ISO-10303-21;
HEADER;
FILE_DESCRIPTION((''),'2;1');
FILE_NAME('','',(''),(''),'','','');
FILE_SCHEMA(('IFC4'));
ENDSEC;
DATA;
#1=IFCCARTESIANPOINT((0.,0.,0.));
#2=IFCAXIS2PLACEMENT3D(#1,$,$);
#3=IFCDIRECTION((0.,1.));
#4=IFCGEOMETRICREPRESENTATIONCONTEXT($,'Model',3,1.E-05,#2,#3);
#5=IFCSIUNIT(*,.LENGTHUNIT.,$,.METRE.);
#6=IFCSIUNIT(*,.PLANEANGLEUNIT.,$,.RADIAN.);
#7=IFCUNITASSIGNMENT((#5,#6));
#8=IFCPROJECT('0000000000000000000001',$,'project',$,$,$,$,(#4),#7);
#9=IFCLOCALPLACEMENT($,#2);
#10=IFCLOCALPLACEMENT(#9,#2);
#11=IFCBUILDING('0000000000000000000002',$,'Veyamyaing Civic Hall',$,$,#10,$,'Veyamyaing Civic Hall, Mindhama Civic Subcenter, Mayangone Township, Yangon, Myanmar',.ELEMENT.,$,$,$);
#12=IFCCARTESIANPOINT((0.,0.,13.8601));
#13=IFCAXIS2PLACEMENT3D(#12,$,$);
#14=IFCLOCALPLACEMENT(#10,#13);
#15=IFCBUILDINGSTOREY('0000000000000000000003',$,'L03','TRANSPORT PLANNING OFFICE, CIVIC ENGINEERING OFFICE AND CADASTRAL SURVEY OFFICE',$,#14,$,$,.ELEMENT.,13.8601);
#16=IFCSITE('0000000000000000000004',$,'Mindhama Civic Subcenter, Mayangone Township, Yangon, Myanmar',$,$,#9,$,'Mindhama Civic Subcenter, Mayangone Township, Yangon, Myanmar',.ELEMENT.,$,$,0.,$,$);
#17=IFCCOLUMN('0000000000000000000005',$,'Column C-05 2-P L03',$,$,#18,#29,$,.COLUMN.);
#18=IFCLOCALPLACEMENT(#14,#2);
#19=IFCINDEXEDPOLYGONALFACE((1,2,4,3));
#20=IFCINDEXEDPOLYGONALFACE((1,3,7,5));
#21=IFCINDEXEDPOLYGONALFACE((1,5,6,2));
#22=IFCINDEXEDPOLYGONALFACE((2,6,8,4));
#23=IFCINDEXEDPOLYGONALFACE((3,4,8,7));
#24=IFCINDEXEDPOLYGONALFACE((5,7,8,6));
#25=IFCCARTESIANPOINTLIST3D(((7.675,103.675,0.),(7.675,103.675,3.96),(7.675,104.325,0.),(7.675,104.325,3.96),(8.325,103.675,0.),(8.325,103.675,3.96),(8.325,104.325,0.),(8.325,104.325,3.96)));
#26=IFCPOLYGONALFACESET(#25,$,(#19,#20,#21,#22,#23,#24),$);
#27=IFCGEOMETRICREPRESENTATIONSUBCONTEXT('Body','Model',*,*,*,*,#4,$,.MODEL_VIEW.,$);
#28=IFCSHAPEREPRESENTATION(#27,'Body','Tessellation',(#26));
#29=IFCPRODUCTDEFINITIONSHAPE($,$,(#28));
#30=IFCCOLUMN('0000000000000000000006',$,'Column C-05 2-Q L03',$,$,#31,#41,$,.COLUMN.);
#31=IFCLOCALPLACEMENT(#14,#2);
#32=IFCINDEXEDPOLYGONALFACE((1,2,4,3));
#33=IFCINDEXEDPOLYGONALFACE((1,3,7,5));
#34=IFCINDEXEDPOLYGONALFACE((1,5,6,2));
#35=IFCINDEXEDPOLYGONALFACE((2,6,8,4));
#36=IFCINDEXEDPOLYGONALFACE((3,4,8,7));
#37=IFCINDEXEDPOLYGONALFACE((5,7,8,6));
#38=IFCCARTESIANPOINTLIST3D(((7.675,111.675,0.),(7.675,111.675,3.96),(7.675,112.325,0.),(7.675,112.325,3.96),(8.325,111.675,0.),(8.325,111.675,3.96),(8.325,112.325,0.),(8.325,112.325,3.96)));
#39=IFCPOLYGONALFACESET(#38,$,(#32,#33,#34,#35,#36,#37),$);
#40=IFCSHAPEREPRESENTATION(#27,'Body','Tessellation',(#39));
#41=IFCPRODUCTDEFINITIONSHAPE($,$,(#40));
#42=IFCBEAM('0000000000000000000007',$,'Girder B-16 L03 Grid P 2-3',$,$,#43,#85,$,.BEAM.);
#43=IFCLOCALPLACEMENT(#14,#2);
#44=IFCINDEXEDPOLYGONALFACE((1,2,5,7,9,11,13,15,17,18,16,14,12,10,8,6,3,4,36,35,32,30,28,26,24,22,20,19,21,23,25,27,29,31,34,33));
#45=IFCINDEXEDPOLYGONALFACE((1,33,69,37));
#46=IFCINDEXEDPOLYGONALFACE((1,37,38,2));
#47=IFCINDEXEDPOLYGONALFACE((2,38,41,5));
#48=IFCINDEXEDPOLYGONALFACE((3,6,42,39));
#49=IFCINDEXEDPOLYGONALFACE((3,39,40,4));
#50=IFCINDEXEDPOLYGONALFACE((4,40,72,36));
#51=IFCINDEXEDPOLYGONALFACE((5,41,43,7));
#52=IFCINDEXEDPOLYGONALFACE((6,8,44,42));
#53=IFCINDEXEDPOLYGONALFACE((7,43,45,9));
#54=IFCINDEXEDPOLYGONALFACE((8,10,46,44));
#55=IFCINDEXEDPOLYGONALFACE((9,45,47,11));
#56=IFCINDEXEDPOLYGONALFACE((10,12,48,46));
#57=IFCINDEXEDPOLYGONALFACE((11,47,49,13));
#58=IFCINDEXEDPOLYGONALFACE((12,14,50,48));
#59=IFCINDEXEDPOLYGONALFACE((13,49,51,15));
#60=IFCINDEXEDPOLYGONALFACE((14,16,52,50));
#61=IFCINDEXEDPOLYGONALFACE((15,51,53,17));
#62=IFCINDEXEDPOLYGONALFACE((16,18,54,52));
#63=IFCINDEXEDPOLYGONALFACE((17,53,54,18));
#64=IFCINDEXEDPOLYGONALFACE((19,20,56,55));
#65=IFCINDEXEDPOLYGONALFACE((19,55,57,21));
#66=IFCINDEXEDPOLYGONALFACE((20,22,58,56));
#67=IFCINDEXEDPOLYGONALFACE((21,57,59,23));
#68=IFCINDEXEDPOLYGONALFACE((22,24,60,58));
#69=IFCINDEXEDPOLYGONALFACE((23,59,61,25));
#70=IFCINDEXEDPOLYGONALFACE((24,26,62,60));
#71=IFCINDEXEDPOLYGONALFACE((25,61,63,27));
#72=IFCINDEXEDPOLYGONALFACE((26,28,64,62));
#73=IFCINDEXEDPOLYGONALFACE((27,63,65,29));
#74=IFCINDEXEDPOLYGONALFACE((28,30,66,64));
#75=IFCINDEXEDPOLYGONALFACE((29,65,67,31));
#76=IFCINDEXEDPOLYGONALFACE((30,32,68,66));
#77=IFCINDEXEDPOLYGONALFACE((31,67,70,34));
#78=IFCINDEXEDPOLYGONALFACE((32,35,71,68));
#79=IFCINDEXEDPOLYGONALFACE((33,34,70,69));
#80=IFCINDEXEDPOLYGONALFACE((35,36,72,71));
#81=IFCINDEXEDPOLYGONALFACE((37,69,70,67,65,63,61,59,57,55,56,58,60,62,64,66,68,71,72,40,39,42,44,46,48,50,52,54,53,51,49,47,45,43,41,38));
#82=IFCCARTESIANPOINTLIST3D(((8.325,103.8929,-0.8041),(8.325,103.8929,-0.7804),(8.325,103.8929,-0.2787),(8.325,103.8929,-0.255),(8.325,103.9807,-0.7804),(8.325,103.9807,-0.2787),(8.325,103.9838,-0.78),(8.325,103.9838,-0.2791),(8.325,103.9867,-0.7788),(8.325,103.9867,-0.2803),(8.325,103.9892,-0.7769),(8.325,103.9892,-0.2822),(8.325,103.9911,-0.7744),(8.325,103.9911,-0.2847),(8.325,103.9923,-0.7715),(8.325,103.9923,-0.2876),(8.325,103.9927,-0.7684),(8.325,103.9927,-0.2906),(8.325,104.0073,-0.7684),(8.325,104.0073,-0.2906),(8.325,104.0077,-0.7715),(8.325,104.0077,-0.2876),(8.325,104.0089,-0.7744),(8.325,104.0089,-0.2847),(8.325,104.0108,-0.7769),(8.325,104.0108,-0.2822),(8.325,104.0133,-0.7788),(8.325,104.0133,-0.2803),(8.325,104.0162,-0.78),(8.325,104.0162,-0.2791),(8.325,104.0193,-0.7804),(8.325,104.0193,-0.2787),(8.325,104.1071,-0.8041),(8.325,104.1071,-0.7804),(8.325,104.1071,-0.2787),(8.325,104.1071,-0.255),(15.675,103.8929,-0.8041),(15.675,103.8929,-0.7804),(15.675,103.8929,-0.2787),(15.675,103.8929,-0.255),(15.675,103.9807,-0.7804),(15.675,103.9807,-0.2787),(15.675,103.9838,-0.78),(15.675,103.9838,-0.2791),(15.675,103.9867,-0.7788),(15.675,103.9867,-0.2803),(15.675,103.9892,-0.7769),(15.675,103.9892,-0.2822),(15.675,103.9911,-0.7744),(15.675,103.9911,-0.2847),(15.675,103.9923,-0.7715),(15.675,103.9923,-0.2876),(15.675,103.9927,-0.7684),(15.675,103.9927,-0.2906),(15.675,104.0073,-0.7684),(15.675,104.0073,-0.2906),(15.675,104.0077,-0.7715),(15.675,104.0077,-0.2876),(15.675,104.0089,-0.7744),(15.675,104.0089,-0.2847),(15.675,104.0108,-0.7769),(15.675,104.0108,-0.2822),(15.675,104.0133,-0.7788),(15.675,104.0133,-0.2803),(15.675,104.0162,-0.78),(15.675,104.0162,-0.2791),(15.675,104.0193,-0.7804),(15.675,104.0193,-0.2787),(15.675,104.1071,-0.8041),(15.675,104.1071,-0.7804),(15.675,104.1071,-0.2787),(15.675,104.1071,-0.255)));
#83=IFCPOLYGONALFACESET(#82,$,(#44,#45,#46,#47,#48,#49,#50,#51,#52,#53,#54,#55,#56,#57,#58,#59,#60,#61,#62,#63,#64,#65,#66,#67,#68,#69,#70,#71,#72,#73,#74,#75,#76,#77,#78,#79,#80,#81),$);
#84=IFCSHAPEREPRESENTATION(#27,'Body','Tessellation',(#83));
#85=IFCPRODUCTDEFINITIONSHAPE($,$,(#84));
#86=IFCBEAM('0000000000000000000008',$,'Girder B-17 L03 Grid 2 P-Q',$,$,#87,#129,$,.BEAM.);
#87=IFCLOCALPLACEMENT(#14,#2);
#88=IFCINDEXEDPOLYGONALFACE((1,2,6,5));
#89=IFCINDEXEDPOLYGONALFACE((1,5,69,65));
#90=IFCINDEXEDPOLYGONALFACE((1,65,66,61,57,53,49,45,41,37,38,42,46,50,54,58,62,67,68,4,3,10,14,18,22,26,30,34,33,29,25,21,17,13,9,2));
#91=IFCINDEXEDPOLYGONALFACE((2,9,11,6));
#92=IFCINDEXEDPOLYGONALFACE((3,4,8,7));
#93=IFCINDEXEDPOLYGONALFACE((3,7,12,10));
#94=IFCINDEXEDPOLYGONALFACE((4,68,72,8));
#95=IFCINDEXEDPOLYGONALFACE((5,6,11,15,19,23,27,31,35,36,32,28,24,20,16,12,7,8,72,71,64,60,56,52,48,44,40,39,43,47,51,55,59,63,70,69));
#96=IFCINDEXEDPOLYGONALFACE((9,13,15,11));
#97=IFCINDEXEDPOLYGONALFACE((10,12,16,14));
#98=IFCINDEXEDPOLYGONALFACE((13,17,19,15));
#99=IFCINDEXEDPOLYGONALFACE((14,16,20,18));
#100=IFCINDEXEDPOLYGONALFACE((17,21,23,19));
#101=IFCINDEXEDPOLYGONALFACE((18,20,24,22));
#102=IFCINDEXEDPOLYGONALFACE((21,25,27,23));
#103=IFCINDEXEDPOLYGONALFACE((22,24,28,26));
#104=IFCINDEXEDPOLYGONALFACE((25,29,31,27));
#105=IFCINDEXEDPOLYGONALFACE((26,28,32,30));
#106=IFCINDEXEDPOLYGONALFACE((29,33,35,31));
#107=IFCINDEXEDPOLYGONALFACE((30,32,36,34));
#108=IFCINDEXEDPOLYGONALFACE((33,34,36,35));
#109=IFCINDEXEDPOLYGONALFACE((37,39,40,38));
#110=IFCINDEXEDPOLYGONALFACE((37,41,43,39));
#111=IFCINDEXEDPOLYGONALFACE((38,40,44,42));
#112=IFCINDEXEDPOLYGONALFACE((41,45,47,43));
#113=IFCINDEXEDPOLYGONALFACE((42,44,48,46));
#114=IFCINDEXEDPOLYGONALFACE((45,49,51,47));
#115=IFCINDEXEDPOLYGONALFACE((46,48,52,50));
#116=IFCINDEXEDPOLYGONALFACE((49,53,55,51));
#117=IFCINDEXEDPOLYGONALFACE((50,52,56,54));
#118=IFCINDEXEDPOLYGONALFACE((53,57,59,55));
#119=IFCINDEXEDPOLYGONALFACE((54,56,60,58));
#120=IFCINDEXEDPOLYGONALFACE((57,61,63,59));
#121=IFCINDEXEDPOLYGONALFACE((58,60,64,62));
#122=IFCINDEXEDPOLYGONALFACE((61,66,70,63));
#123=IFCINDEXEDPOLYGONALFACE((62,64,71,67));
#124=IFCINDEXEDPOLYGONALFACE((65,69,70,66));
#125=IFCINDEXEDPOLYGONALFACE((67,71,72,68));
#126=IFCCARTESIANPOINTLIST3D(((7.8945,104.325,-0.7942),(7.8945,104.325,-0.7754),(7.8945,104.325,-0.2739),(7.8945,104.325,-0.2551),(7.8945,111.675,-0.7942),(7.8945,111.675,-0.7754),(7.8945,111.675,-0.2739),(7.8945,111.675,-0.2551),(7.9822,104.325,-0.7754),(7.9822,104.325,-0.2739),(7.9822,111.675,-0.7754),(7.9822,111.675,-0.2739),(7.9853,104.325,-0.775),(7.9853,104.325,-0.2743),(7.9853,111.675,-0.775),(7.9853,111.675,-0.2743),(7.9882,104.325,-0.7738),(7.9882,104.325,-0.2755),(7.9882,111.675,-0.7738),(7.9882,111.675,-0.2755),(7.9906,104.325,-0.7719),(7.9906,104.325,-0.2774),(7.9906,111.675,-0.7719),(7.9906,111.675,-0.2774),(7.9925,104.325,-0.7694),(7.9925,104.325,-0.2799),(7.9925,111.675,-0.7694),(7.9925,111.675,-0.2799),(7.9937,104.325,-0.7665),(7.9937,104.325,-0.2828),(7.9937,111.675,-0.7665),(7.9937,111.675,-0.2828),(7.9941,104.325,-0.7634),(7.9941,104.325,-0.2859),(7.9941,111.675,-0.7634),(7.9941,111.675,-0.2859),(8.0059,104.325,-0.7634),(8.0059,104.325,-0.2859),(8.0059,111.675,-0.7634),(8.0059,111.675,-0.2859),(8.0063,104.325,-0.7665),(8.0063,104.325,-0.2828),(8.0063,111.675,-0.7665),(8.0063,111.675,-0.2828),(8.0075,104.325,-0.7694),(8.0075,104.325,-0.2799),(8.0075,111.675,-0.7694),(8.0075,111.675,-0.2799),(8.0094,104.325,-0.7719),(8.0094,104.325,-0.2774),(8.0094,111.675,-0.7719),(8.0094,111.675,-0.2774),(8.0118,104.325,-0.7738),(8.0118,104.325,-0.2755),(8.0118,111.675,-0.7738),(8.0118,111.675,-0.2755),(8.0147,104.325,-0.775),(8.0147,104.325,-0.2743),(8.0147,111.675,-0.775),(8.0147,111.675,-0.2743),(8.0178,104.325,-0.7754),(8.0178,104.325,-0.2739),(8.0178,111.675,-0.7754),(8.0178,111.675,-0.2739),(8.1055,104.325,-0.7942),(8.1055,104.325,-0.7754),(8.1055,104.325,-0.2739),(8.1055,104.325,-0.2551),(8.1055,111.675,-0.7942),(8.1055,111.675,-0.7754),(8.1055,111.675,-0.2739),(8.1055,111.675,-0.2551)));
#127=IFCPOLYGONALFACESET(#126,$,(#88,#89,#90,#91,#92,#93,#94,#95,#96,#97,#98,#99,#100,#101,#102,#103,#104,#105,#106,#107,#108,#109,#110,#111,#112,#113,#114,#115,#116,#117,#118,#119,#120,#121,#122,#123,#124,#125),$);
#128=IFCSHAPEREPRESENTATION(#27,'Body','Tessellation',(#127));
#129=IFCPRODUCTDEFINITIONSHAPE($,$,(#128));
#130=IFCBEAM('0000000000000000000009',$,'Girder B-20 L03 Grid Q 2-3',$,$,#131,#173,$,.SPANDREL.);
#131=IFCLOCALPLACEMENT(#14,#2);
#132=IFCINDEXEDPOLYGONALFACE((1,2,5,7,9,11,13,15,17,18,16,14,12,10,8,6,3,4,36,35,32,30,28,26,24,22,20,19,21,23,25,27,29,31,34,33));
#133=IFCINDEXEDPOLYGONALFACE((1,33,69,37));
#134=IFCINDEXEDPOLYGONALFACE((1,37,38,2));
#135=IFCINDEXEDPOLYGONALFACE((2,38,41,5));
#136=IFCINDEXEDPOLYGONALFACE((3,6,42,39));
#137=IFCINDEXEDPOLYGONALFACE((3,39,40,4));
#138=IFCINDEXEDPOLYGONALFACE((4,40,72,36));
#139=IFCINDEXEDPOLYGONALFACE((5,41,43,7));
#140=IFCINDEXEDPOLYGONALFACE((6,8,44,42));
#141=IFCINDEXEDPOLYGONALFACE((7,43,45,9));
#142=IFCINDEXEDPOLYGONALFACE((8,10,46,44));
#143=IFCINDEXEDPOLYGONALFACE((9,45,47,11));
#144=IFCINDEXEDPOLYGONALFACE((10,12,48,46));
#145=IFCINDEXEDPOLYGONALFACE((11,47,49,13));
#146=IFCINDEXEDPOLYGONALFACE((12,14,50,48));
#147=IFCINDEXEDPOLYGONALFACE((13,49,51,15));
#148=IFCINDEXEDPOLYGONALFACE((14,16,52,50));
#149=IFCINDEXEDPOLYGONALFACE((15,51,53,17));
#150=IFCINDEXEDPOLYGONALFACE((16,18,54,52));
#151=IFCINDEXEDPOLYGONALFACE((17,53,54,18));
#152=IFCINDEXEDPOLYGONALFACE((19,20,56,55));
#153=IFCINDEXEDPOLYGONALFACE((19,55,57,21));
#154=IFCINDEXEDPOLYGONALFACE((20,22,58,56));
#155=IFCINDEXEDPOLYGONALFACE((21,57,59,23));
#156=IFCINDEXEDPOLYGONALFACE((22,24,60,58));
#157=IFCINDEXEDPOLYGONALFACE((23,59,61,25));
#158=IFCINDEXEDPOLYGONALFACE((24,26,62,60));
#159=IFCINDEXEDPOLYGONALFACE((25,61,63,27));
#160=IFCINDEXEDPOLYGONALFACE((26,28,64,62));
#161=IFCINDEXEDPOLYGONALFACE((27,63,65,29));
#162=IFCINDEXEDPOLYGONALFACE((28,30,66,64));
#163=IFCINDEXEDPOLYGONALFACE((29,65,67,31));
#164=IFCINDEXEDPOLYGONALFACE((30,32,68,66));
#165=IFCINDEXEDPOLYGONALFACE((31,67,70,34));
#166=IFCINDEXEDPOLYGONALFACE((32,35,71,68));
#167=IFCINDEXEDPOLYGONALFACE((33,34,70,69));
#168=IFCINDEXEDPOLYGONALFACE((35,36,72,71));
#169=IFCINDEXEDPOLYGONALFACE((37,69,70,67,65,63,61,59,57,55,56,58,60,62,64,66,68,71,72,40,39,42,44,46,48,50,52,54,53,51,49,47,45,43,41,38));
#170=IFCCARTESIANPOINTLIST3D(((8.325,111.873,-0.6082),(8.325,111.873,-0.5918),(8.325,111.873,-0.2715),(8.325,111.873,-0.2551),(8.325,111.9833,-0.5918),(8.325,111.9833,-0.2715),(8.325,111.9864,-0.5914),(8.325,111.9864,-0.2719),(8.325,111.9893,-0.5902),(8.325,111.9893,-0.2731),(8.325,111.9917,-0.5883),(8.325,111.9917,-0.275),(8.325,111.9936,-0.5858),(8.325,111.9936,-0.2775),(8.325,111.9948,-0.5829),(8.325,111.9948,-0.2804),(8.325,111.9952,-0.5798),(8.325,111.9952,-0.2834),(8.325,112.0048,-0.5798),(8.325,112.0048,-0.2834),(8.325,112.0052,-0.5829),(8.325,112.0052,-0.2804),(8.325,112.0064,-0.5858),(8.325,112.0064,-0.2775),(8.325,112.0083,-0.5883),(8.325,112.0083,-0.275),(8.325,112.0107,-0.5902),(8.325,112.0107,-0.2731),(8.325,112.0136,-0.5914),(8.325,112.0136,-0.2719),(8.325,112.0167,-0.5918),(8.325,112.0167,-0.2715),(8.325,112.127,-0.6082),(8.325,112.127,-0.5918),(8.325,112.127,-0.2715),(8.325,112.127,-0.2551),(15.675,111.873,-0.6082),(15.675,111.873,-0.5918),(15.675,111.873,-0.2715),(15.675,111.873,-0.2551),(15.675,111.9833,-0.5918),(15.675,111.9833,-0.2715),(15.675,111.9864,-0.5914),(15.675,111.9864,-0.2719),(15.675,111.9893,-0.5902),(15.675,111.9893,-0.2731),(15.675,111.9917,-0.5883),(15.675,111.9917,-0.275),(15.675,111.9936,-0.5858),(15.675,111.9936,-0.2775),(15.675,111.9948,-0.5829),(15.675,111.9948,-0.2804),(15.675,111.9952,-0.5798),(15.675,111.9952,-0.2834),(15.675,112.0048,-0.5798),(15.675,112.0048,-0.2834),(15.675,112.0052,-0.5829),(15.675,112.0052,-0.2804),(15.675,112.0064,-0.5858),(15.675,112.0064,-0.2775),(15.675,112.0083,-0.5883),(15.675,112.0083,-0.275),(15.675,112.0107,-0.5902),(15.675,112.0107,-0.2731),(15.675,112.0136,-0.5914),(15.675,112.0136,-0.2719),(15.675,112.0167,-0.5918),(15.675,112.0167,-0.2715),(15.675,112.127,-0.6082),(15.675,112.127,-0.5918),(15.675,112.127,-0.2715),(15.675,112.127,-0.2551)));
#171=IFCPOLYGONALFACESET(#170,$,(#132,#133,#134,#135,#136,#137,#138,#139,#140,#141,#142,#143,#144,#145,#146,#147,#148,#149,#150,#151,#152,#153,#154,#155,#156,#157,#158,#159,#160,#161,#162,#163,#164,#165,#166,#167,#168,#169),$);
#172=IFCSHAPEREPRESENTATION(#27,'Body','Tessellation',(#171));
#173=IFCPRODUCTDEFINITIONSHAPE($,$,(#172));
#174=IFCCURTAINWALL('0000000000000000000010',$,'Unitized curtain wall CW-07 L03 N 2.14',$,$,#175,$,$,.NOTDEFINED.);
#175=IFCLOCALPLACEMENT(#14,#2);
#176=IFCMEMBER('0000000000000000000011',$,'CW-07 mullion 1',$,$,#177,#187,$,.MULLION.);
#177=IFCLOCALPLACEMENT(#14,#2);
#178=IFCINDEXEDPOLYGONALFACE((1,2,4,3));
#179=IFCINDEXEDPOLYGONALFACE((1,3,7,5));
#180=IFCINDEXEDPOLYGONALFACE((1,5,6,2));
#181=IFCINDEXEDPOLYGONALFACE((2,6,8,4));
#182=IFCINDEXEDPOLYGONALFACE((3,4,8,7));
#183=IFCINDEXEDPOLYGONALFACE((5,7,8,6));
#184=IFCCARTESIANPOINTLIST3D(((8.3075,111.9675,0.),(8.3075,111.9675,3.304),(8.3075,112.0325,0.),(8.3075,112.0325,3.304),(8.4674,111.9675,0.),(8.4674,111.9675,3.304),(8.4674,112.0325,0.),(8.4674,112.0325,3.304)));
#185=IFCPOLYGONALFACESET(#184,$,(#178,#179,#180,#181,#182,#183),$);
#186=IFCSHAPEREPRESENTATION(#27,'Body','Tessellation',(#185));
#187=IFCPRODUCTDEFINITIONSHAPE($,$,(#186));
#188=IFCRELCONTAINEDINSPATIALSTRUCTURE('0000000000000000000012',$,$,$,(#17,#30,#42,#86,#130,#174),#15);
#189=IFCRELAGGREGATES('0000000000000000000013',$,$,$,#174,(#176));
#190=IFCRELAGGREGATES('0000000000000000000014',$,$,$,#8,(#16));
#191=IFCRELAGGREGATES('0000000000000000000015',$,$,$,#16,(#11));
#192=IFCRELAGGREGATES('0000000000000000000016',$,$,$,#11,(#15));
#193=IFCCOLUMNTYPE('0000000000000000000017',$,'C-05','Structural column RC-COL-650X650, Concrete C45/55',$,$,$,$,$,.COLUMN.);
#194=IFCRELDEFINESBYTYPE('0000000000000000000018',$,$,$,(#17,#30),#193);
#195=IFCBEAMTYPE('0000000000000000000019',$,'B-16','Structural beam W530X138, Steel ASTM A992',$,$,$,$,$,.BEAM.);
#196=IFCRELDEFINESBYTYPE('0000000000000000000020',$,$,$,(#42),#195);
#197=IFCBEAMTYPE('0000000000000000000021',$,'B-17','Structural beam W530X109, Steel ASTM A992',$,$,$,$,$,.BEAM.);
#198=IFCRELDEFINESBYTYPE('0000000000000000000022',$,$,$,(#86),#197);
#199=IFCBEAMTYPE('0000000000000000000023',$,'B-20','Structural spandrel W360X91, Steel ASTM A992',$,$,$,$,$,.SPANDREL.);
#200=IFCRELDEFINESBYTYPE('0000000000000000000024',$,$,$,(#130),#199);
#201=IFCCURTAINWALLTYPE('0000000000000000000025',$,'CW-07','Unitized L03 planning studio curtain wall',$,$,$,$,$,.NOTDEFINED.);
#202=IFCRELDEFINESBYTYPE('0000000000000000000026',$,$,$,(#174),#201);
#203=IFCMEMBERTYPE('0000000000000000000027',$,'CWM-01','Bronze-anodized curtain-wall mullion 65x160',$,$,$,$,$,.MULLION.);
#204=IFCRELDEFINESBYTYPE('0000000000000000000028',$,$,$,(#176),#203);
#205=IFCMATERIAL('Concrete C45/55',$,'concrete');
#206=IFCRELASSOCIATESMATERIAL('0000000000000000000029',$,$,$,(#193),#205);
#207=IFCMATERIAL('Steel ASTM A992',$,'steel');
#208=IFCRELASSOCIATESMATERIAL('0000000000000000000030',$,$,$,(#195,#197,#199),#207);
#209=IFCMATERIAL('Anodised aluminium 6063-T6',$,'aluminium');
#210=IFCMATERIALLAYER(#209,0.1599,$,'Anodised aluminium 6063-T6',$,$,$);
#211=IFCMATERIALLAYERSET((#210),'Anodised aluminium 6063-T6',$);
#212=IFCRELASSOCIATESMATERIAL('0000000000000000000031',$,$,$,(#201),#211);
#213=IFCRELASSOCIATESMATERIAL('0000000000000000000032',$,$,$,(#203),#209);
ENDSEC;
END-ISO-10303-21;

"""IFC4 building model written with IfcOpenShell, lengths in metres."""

from ifc_helpers import new_model, si_unit, direction, frame, origin, origin_2d, place, context, subcontext, project, spatial, rectangle, i_section, extrude, material, layer, layer_set, material_profile, profile_set, type_object, element, aggregate, save


model = new_model("IFC4")

# Units and contexts
model_context = context("Model", 3, precision=1e-05, world=origin(), true_north=direction((0.0, 1.0)))
body_context = subcontext(model_context, "Body", "Model", "MODEL_VIEW")
ifc_project = project(units=[si_unit("LENGTHUNIT", "METRE"), si_unit("PLANEANGLEUNIT", "RADIAN")], contexts=[model_context])

# Site, building, storey
site_placement = place(None, origin())
site = spatial("IfcSite", under=ifc_project, at=site_placement, Name="Mindhama Civic Subcenter, Mayangone Township, Yangon, Myanmar", LongName="Mindhama Civic Subcenter, Mayangone Township, Yangon, Myanmar", CompositionType="ELEMENT", RefElevation=0.0)
building_placement = place(site_placement, origin())
building = spatial("IfcBuilding", under=site, at=building_placement, Name="Veyamyaing Civic Hall", LongName="Veyamyaing Civic Hall, Mindhama Civic Subcenter, Mayangone Township, Yangon, Myanmar", CompositionType="ELEMENT")
storey_placement = place(building_placement, frame((0.0, 0.0, 13.8601)))
storey = spatial("IfcBuildingStorey", under=building, at=storey_placement, Name="L03", Description="TRANSPORT PLANNING OFFICE, CIVIC ENGINEERING OFFICE AND CADASTRAL SURVEY OFFICE", CompositionType="ELEMENT", Elevation=13.8601)

# Columns
ifc_material_1 = material(Name="Concrete C45/55", Category="concrete")
ifc_material_profile_1 = material_profile(ifc_material_1, rectangle(XDim=0.6499, YDim=0.6499, at=origin_2d()), Name="RC-COL-650X650")
ifc_profile_set_1 = profile_set([ifc_material_profile_1], Name="Concrete C45/55")
column_type = type_object("IfcColumnType", Name="C-05", Description="Structural column RC-COL-650X650, Concrete C45/55", PredefinedType="COLUMN", material=ifc_profile_set_1)
for number, where, z_axis, x_axis, name in (
    (1, (8.0, 104.0, 0.0), (0.0, 0.0, 1.0), (1.0, 0.0, 0.0), "Column C-05 2-P L03"),
    (2, (8.0, 112.0, 0.0), (0.0, 0.0, 1.0), (1.0, 0.0, 0.0), "Column C-05 2-Q L03"),
):
    element("IfcColumn", number, at=place(storey_placement, frame(where, z_axis=z_axis, x_axis=x_axis)), inside=storey, type_object=column_type, Name=name, PredefinedType="COLUMN", context=body_context, shape_type="SweptSolid", body=[
        extrude(rectangle(XDim=0.6499, YDim=0.6499, at=origin_2d()), origin(), (0.0, 0.0, 1.0), 3.96),
    ])

# Beams
ifc_material_2 = material(Name="Steel ASTM A992", Category="steel")
ifc_material_profile_2 = material_profile(ifc_material_2, i_section(OverallWidth=0.2141, OverallDepth=0.5491, WebThickness=0.0146, FlangeThickness=0.0237, FilletRadius=0.012, at=origin_2d()), Name="W530X138")
ifc_profile_set_2 = profile_set([ifc_material_profile_2], Name="Steel ASTM A992")
beam_type_1 = type_object("IfcBeamType", Name="B-16", Description="Structural beam W530X138, Steel ASTM A992", PredefinedType="BEAM", material=ifc_profile_set_2)
beam_1_placement = place(storey_placement, frame((8.325, 104.0, -0.5295), z_axis=(1.0, 0.0, 0.0), x_axis=(0.0, 1.0, 0.0)))
element("IfcBeam", 3, at=beam_1_placement, inside=storey, type_object=beam_type_1, Name="Girder B-16 L03 Grid P 2-3", PredefinedType="BEAM", context=body_context, shape_type="SweptSolid", body=[
    extrude(i_section(OverallWidth=0.2141, OverallDepth=0.5491, WebThickness=0.0146, FlangeThickness=0.0237, FilletRadius=0.012, at=origin_2d()), origin(), (0.0, 0.0, 1.0), 7.3501),
])
ifc_material_profile_3 = material_profile(ifc_material_2, i_section(OverallWidth=0.2109, OverallDepth=0.5391, WebThickness=0.0117, FlangeThickness=0.0188, FilletRadius=0.012, at=origin_2d()), Name="W530X109")
ifc_profile_set_3 = profile_set([ifc_material_profile_3], Name="Steel ASTM A992")
beam_type_2 = type_object("IfcBeamType", Name="B-17", Description="Structural beam W530X109, Steel ASTM A992", PredefinedType="BEAM", material=ifc_profile_set_3)
beam_2_placement = place(storey_placement, frame((8.0, 104.325, -0.5247), z_axis=(0.0, 1.0, 0.0), x_axis=(-1.0, 0.0, 0.0)))
element("IfcBeam", 4, at=beam_2_placement, inside=storey, type_object=beam_type_2, Name="Girder B-17 L03 Grid 2 P-Q", PredefinedType="BEAM", context=body_context, shape_type="SweptSolid", body=[
    extrude(i_section(OverallWidth=0.2109, OverallDepth=0.5391, WebThickness=0.0117, FlangeThickness=0.0188, FilletRadius=0.012, at=origin_2d()), origin(), (0.0, 0.0, 1.0), 7.3501),
])
ifc_material_profile_4 = material_profile(ifc_material_2, i_section(OverallWidth=0.2539, OverallDepth=0.353, WebThickness=0.0095, FlangeThickness=0.0164, FilletRadius=0.012, at=origin_2d()), Name="W360X91")
ifc_profile_set_4 = profile_set([ifc_material_profile_4], Name="Steel ASTM A992")
beam_type_3 = type_object("IfcBeamType", Name="B-20", Description="Structural spandrel W360X91, Steel ASTM A992", PredefinedType="SPANDREL", material=ifc_profile_set_4)
beam_3_placement = place(storey_placement, frame((8.325, 112.0, -0.4316), z_axis=(1.0, 0.0, 0.0), x_axis=(0.0, 1.0, 0.0)))
element("IfcBeam", 5, at=beam_3_placement, inside=storey, type_object=beam_type_3, Name="Girder B-20 L03 Grid Q 2-3", PredefinedType="SPANDREL", context=body_context, shape_type="SweptSolid", body=[
    extrude(i_section(OverallWidth=0.2539, OverallDepth=0.353, WebThickness=0.0095, FlangeThickness=0.0164, FilletRadius=0.012, at=origin_2d()), origin(), (0.0, 0.0, 1.0), 7.3501),
])

# Curtain wall, member
ifc_material_3 = material(Name="Anodised aluminium 6063-T6", Category="aluminium")
ifc_layer_1 = layer(ifc_material_3, 0.1599, Name="Anodised aluminium 6063-T6")
ifc_layer_set_1 = layer_set([ifc_layer_1], Name="Anodised aluminium 6063-T6")
curtain_wall_type = type_object("IfcCurtainWallType", Name="CW-07", Description="Unitized L03 planning studio curtain wall", PredefinedType="NOTDEFINED", material=ifc_layer_set_1)
curtain_wall_placement = place(storey_placement, origin())
curtain_wall = element("IfcCurtainWall", 6, at=curtain_wall_placement, inside=storey, type_object=curtain_wall_type, Name="Unitized curtain wall CW-07 L03 N 2.14", PredefinedType="NOTDEFINED")
ifc_material_profile_5 = material_profile(ifc_material_3, rectangle(XDim=0.0649, YDim=0.1599, at=origin_2d()), Name="ALU-MUL-65X160")
ifc_profile_set_5 = profile_set([ifc_material_profile_5], Name="Anodised aluminium 6063-T6")
member_type_1 = type_object("IfcMemberType", Name="CWM-01", Description="Bronze-anodized curtain-wall mullion 65x160", PredefinedType="MULLION", material=ifc_profile_set_5)
member_1_placement = place(storey_placement, frame((8.3875, 112.0, 0.0), z_axis=(0.0, 0.0, 1.0), x_axis=(0.0, 1.0, 0.0)))
member_1 = element("IfcMember", 7, at=member_1_placement, type_object=member_type_1, Name="CW-07 mullion 1", PredefinedType="MULLION", context=body_context, shape_type="SweptSolid", body=[
    extrude(rectangle(XDim=0.0649, YDim=0.1599, at=origin_2d()), origin(), (0.0, 0.0, 1.0), 3.304),
])
aggregate(curtain_wall, [member_1])

save(model, "model.ifc")
